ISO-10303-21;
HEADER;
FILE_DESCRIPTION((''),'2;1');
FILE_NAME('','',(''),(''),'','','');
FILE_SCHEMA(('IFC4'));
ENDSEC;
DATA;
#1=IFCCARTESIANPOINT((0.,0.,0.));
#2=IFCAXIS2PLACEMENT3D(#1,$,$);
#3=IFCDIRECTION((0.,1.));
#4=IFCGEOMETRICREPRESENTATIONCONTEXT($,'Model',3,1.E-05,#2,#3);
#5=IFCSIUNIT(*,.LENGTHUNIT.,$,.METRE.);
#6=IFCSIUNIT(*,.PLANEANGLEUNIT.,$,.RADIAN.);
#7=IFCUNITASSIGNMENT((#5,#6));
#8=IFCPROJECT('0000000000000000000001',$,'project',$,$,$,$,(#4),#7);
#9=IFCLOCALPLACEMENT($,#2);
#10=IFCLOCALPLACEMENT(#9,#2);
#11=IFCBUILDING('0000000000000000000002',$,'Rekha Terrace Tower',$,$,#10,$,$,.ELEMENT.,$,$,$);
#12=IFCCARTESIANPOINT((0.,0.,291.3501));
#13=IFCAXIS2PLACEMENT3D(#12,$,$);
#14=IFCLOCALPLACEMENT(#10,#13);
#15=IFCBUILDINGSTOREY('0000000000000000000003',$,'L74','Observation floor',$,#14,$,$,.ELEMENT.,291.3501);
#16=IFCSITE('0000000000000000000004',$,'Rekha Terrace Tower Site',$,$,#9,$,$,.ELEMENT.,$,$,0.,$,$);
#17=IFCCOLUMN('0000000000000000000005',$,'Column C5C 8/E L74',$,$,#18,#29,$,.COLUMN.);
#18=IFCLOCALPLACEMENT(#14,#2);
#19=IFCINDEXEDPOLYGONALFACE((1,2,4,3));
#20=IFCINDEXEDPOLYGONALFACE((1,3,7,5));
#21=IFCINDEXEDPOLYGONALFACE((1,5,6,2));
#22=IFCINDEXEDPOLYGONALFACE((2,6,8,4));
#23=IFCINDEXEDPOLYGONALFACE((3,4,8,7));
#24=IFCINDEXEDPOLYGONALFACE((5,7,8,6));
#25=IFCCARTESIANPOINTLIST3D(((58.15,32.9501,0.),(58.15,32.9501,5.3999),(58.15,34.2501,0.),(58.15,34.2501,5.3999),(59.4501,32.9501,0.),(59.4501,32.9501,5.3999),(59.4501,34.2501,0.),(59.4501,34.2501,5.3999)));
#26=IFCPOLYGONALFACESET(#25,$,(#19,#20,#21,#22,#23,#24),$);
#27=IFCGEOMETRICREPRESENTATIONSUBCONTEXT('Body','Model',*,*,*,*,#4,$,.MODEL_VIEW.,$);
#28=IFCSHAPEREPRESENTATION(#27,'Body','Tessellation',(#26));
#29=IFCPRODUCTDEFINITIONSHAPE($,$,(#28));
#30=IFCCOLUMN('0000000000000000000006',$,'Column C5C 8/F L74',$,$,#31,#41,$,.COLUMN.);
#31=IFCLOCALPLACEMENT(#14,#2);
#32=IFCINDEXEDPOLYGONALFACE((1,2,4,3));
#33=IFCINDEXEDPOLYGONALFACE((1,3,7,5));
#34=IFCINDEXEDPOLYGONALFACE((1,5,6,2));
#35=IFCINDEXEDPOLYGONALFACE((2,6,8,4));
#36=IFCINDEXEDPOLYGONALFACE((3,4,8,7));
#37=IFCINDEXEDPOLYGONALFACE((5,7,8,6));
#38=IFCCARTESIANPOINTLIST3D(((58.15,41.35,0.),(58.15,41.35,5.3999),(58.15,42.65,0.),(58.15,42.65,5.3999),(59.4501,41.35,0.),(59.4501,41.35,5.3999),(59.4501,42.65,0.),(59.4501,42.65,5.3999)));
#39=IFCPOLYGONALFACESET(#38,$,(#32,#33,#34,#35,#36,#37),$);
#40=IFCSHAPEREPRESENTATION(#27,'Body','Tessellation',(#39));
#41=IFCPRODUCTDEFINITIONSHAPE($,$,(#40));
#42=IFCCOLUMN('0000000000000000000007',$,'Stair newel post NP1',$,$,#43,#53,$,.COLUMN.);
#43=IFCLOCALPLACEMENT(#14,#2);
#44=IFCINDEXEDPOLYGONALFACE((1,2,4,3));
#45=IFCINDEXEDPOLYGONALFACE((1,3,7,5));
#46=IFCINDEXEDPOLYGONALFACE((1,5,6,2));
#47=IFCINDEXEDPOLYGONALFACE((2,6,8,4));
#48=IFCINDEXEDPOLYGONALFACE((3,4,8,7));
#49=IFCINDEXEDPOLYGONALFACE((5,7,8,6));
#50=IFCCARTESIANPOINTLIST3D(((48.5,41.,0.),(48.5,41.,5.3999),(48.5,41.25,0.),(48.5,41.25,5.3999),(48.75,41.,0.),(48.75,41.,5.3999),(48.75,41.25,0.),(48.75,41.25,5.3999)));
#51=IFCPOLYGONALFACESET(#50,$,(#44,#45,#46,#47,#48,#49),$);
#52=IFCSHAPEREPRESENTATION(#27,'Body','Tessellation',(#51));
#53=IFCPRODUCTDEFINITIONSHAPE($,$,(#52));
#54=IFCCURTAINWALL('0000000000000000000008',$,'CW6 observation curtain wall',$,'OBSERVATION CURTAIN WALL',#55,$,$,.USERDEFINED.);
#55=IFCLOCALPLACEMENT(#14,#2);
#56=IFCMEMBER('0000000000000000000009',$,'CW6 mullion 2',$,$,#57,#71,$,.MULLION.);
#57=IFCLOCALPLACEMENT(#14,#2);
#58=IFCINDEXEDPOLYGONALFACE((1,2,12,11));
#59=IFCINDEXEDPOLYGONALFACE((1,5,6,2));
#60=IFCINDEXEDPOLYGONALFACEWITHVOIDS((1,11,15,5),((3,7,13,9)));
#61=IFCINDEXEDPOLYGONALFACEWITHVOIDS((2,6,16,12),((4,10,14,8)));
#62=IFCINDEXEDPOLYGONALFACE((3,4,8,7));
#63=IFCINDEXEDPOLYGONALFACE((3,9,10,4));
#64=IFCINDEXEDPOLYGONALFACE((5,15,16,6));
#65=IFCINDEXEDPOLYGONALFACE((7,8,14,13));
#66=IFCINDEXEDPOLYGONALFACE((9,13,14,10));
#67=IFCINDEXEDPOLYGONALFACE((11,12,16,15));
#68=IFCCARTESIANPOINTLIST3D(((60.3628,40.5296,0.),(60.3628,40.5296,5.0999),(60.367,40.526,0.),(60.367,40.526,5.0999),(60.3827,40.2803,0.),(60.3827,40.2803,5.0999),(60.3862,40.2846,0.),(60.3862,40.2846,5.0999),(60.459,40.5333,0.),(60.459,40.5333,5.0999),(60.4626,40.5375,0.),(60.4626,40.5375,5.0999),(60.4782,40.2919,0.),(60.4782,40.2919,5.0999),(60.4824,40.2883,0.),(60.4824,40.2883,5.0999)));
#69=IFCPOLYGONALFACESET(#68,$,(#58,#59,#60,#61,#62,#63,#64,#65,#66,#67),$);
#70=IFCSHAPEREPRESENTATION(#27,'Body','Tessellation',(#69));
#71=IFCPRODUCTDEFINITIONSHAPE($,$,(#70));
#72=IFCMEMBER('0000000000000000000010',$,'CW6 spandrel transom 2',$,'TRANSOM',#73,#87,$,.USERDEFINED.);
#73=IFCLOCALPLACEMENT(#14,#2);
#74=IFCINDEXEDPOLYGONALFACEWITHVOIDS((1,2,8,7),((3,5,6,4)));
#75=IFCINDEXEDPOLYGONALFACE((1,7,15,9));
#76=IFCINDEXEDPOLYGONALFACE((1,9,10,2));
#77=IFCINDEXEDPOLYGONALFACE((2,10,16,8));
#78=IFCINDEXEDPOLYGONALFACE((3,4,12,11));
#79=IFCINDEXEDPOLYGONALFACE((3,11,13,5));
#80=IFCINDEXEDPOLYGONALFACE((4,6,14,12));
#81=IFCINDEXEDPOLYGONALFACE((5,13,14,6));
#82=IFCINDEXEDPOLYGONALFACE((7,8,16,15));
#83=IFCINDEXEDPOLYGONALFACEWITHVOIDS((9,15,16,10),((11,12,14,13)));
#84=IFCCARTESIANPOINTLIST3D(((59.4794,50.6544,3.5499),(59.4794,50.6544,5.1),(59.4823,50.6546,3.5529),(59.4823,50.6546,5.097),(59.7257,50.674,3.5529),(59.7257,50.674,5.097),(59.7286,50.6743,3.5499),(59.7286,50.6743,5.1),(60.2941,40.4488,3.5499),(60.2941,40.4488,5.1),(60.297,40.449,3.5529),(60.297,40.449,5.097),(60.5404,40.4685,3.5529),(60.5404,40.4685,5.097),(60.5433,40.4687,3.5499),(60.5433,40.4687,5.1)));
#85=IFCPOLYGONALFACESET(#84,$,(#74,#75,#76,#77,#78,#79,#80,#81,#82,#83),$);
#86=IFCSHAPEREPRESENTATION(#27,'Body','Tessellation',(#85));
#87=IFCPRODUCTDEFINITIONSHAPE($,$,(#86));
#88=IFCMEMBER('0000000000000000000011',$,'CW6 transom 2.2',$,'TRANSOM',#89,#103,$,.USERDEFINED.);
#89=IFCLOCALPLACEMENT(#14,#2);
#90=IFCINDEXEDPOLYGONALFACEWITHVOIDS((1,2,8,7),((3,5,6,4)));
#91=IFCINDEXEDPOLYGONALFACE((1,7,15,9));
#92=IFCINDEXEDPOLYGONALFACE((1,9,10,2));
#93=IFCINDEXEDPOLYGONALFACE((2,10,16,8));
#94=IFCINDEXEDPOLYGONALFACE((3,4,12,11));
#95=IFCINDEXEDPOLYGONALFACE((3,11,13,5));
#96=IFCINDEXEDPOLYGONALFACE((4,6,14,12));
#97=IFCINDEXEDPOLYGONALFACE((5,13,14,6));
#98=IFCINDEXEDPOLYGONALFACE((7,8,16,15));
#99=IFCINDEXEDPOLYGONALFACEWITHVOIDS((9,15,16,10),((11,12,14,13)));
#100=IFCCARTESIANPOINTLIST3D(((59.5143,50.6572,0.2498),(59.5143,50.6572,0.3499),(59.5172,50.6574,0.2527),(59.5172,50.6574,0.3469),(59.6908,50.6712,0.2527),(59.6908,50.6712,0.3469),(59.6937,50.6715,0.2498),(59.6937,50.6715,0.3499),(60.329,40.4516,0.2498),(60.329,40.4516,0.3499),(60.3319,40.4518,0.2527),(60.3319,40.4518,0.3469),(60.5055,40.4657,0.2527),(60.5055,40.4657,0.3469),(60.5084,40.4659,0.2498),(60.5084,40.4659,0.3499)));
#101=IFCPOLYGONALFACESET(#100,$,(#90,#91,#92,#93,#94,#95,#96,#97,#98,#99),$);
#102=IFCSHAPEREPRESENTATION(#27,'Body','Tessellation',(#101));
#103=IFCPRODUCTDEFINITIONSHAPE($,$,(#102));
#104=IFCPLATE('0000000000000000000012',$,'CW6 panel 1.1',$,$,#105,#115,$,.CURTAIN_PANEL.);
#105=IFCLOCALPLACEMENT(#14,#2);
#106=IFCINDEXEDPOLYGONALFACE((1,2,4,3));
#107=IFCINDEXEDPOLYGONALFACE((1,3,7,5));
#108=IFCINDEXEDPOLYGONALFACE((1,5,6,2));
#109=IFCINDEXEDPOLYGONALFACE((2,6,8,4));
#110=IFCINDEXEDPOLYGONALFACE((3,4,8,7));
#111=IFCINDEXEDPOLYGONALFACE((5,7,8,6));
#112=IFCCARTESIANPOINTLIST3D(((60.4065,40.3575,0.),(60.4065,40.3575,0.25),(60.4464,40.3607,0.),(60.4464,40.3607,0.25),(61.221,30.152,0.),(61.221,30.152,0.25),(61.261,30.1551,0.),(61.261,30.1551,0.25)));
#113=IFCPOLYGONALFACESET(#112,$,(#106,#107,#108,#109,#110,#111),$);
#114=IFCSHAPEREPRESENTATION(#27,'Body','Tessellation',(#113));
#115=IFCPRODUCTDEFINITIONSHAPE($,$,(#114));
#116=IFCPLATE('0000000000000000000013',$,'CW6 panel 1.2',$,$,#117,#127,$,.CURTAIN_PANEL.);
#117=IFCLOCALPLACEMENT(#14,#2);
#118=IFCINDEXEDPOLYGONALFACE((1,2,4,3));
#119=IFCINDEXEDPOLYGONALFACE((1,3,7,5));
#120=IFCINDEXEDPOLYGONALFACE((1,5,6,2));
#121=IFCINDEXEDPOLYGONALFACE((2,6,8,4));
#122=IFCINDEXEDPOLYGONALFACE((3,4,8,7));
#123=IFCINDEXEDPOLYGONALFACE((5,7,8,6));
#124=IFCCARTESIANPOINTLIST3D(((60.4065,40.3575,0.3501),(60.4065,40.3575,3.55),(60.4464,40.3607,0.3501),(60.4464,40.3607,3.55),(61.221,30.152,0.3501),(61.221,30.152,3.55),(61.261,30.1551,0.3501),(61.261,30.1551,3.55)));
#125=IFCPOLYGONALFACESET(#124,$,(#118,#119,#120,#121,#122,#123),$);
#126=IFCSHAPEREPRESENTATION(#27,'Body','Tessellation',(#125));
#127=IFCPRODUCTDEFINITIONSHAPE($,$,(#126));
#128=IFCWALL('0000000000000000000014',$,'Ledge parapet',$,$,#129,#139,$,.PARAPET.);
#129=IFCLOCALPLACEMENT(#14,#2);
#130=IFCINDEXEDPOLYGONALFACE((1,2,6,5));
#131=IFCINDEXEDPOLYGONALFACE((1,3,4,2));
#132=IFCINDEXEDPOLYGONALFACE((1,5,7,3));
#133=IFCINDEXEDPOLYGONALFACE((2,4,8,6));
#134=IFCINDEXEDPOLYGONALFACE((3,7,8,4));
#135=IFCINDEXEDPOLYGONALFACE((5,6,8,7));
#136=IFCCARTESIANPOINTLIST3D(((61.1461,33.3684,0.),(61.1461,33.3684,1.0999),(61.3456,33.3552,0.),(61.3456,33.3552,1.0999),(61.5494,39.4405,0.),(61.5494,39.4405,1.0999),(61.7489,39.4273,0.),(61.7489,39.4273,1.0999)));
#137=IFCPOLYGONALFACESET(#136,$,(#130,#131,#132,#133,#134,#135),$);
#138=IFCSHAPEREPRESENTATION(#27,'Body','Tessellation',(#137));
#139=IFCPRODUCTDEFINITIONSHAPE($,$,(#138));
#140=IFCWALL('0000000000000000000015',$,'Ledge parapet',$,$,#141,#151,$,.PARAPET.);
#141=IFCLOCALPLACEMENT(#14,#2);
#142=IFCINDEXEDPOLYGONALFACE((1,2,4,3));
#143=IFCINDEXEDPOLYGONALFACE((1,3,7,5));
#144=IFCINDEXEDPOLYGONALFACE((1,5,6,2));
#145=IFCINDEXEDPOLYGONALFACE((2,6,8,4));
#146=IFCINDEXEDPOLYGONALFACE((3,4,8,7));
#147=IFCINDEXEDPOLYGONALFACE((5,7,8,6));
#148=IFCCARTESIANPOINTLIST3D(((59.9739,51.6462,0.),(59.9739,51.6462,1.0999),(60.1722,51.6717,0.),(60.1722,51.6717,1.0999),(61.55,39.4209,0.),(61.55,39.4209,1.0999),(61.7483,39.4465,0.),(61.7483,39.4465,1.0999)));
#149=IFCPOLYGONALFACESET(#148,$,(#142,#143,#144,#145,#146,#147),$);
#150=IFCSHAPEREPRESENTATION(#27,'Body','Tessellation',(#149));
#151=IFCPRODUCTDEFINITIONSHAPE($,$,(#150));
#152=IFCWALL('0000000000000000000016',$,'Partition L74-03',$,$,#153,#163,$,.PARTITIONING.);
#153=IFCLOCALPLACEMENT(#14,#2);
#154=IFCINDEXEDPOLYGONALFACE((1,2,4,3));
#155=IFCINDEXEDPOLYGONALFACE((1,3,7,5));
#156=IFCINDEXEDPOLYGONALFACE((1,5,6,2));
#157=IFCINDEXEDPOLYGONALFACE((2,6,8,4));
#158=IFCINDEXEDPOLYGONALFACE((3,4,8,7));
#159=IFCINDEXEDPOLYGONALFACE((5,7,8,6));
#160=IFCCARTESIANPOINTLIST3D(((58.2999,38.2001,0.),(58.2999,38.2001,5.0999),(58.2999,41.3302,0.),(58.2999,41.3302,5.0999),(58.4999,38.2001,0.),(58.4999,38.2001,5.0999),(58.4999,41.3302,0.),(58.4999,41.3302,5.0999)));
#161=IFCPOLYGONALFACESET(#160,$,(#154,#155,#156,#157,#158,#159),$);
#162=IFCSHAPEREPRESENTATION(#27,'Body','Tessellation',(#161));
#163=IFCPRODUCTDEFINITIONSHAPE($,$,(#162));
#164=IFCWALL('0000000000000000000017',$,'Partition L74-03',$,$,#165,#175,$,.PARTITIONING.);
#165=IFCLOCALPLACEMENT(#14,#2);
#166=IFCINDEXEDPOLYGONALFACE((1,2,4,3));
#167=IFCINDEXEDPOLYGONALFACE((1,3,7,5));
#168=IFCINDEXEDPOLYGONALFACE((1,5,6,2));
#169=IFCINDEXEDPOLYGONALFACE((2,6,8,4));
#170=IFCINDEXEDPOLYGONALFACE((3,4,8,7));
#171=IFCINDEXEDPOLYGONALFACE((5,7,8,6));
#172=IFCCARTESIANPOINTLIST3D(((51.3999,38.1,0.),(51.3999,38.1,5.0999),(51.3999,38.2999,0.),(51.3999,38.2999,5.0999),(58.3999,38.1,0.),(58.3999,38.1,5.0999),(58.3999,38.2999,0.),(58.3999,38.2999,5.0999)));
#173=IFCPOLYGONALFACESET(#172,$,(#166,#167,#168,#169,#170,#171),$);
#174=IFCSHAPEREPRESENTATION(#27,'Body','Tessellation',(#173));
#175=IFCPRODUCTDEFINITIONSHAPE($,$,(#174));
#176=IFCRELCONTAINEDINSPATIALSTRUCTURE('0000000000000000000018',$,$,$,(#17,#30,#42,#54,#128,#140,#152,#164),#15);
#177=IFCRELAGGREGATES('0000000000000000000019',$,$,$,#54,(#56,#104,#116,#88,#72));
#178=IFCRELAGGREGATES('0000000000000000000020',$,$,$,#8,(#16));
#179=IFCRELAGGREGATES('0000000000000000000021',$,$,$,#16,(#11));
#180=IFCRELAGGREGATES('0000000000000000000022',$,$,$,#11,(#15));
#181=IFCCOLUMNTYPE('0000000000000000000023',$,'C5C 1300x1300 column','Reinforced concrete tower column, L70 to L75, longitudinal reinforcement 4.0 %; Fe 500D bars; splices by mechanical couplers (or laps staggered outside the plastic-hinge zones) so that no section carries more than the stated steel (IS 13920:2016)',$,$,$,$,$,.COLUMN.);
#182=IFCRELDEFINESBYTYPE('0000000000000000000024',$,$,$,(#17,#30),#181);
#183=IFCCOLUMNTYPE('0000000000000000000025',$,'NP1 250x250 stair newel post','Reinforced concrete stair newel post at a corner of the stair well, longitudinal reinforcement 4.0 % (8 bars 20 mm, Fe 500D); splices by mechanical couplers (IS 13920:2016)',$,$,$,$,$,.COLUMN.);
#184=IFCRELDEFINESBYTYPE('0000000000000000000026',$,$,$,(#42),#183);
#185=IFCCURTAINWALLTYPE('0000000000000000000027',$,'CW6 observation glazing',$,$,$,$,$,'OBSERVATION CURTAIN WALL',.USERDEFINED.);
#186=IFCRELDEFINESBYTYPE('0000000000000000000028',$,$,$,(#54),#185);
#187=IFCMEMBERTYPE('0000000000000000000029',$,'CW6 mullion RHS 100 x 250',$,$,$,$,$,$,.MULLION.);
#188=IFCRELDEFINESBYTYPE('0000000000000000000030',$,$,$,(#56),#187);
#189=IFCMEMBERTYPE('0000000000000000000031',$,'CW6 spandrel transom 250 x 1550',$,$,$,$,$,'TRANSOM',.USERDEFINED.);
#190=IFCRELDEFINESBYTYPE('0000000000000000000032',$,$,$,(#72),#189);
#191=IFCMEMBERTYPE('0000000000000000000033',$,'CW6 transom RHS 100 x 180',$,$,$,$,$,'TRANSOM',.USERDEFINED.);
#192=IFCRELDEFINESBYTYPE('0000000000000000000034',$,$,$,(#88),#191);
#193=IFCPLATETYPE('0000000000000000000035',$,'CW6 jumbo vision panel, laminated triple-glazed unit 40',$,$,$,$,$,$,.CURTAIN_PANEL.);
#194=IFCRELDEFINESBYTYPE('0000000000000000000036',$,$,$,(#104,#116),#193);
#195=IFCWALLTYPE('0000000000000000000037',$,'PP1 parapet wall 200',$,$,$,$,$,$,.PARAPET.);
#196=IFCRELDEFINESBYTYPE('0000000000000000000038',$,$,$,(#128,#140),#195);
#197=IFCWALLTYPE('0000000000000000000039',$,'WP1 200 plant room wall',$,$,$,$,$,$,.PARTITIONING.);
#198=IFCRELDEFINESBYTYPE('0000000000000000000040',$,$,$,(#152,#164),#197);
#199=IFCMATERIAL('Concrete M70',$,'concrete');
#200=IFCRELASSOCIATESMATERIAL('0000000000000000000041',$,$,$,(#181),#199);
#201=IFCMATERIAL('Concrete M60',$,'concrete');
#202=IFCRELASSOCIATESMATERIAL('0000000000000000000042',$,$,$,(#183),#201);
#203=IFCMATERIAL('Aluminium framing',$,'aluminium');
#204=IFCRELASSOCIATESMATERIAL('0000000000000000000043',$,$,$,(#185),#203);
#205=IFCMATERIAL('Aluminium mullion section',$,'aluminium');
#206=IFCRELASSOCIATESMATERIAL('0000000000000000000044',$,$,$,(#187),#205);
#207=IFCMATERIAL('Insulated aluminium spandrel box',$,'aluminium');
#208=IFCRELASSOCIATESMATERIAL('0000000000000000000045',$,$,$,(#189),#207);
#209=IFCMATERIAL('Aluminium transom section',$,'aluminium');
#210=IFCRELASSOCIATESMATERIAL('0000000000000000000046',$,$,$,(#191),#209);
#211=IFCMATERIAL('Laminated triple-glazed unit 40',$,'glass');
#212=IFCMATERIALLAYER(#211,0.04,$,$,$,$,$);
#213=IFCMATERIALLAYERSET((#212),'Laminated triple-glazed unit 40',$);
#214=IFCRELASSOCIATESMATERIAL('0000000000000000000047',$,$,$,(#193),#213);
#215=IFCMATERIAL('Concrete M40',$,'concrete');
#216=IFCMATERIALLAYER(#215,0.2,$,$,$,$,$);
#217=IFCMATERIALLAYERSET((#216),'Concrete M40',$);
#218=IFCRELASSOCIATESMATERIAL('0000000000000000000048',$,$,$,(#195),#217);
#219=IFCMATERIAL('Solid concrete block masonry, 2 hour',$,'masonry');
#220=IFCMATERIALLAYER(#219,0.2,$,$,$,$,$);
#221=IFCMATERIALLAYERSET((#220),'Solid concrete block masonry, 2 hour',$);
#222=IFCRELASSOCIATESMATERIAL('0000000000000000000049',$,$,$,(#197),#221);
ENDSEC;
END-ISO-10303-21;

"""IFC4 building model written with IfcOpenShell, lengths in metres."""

from ifc_helpers import new_model, si_unit, direction, frame, frame_2d, origin, origin_2d, place, context, subcontext, project, spatial, rectangle, hollow_rectangle, extrude, material, layer, layer_set, material_profile, profile_set, type_object, element, aggregate, save


model = new_model("IFC4")

# Units and contexts
model_context = context("Model", 3, precision=1e-05, world=origin(), true_north=direction((0.0, 1.0)))
body_context = subcontext(model_context, "Body", "Model", "MODEL_VIEW")
ifc_project = project(units=[si_unit("LENGTHUNIT", "METRE"), si_unit("PLANEANGLEUNIT", "RADIAN")], contexts=[model_context])

# Site, building, storey
site_placement = place(None, origin())
site = spatial("IfcSite", under=ifc_project, at=site_placement, Name="Rekha Terrace Tower Site", CompositionType="ELEMENT", RefElevation=0.0)
building_placement = place(site_placement, origin())
building = spatial("IfcBuilding", under=site, at=building_placement, Name="Rekha Terrace Tower", CompositionType="ELEMENT")
storey_placement = place(building_placement, frame((0.0, 0.0, 291.3501)))
storey = spatial("IfcBuildingStorey", under=building, at=storey_placement, Name="L74", Description="Observation floor", CompositionType="ELEMENT", Elevation=291.3501)

# Columns
ifc_material_1 = material(Name="Concrete M70", Category="concrete")
ifc_material_profile_1 = material_profile(ifc_material_1, rectangle(XDim=1.3, YDim=1.3, at=origin_2d()), Name="RC 1300x1300")
ifc_profile_set_1 = profile_set([ifc_material_profile_1], Name="Concrete M70")
column_type_1 = type_object("IfcColumnType", Name="C5C 1300x1300 column", Description="Reinforced concrete tower column, L70 to L75, longitudinal reinforcement 4.0 %; Fe 500D bars; splices by mechanical couplers (or laps staggered outside the plastic-hinge zones) so that no section carries more than the stated steel (IS 13920:2016)", PredefinedType="COLUMN", material=ifc_profile_set_1)
for number, where, z_axis, x_axis, name in (
    (1, (58.8, 33.6001, 0.0), (0.0, 0.0, 1.0), (1.0, 0.0, 0.0), "Column C5C 8/E L74"),
    (2, (58.8, 42.0, 0.0), (0.0, 0.0, 1.0), (1.0, 0.0, 0.0), "Column C5C 8/F L74"),
):
    element("IfcColumn", number, at=place(storey_placement, frame(where, z_axis=z_axis, x_axis=x_axis)), inside=storey, type_object=column_type_1, Name=name, PredefinedType="COLUMN", context=body_context, shape_type="SweptSolid", body=[
        extrude(rectangle(XDim=1.3, YDim=1.3, at=origin_2d()), origin(), (0.0, 0.0, 1.0), 5.3999),
    ])
ifc_material_2 = material(Name="Concrete M60", Category="concrete")
ifc_material_profile_2 = material_profile(ifc_material_2, rectangle(XDim=0.25, YDim=0.25, at=origin_2d()), Name="RC 250x250")
ifc_profile_set_2 = profile_set([ifc_material_profile_2], Name="Concrete M60")
column_type_2 = type_object("IfcColumnType", Name="NP1 250x250 stair newel post", Description="Reinforced concrete stair newel post at a corner of the stair well, longitudinal reinforcement 4.0 % (8 bars 20 mm, Fe 500D); splices by mechanical couplers (IS 13920:2016)", PredefinedType="COLUMN", material=ifc_profile_set_2)
column_placement = place(storey_placement, frame((48.625, 41.125, 0.0), z_axis=(0.0, 0.0, 1.0), x_axis=(1.0, 0.0, 0.0)))
element("IfcColumn", 3, at=column_placement, inside=storey, type_object=column_type_2, Name="Stair newel post NP1", PredefinedType="COLUMN", context=body_context, shape_type="SweptSolid", body=[
    extrude(rectangle(XDim=0.25, YDim=0.25, at=origin_2d()), origin(), (0.0, 0.0, 1.0), 5.3999),
])

# Curtain wall, members, plates
ifc_material_3 = material(Name="Aluminium framing", Category="aluminium")
curtain_wall_type = type_object("IfcCurtainWallType", Name="CW6 observation glazing", ElementType="OBSERVATION CURTAIN WALL", PredefinedType="USERDEFINED", material=ifc_material_3)
curtain_wall_placement = place(storey_placement, origin())
curtain_wall = element("IfcCurtainWall", 4, at=curtain_wall_placement, inside=storey, type_object=curtain_wall_type, Name="CW6 observation curtain wall", ObjectType="OBSERVATION CURTAIN WALL", PredefinedType="USERDEFINED")
ifc_material_4 = material(Name="Aluminium mullion section", Category="aluminium")
ifc_material_profile_3 = material_profile(ifc_material_4, hollow_rectangle(XDim=0.1001, YDim=0.25, WallThickness=0.0039, at=origin_2d()), Name="AL RHS 100x250")
ifc_profile_set_3 = profile_set([ifc_material_profile_3], Name="Aluminium mullion section")
member_type_1 = type_object("IfcMemberType", Name="CW6 mullion RHS 100 x 250", PredefinedType="MULLION", material=ifc_profile_set_3)
member_1_placement = place(storey_placement, frame((60.4226, 40.4089, 0.0), z_axis=(0.0, 0.0, 1.0), x_axis=(-0.99683, -0.079559, 0.0)))
member_1 = element("IfcMember", 5, at=member_1_placement, type_object=member_type_1, Name="CW6 mullion 2", PredefinedType="MULLION", context=body_context, shape_type="SweptSolid", body=[
    extrude(hollow_rectangle(XDim=0.1001, YDim=0.25, WallThickness=0.0039, at=origin_2d()), origin(), (0.0, 0.0, 1.0), 5.0999),
])
ifc_material_5 = material(Name="Insulated aluminium spandrel box", Category="aluminium")
ifc_material_profile_4 = material_profile(ifc_material_5, hollow_rectangle(XDim=0.25, YDim=1.55, WallThickness=0.0029, at=origin_2d()), Name="AL SPANDREL BOX 250x1550")
ifc_profile_set_4 = profile_set([ifc_material_profile_4], Name="Insulated aluminium spandrel box")
member_type_2 = type_object("IfcMemberType", Name="CW6 spandrel transom 250 x 1550", ElementType="TRANSOM", PredefinedType="USERDEFINED", material=ifc_profile_set_4)
member_2_placement = place(storey_placement, frame((60.4187, 40.4587, 4.325), z_axis=(-0.079576, 0.996829, 0.0), x_axis=(-0.996829, -0.079576, 0.0)))
member_2 = element("IfcMember", 6, at=member_2_placement, type_object=member_type_2, Name="CW6 spandrel transom 2", ObjectType="TRANSOM", PredefinedType="USERDEFINED", context=body_context, shape_type="SweptSolid", body=[
    extrude(hollow_rectangle(XDim=0.25, YDim=1.55, WallThickness=0.0029, at=origin_2d()), origin(), (0.0, 0.0, 1.0), 10.238),
])
ifc_material_6 = material(Name="Aluminium transom section", Category="aluminium")
ifc_material_profile_5 = material_profile(ifc_material_6, hollow_rectangle(XDim=0.1799, YDim=0.1001, WallThickness=0.0029, at=origin_2d()), Name="AL RHS 180x100")
ifc_profile_set_5 = profile_set([ifc_material_profile_5], Name="Aluminium transom section")
member_type_3 = type_object("IfcMemberType", Name="CW6 transom RHS 100 x 180", ElementType="TRANSOM", PredefinedType="USERDEFINED", material=ifc_profile_set_5)
member_3_placement = place(storey_placement, frame((60.4187, 40.4587, 0.2998), z_axis=(-0.079576, 0.996829, 0.0), x_axis=(-0.996829, -0.079576, 0.0)))
member_3 = element("IfcMember", 7, at=member_3_placement, type_object=member_type_3, Name="CW6 transom 2.2", ObjectType="TRANSOM", PredefinedType="USERDEFINED", context=body_context, shape_type="SweptSolid", body=[
    extrude(hollow_rectangle(XDim=0.1799, YDim=0.1001, WallThickness=0.0029, at=origin_2d()), origin(), (0.0, 0.0, 1.0), 10.238),
])
ifc_material_7 = material(Name="Laminated triple-glazed unit 40", Category="glass")
ifc_layer_1 = layer(ifc_material_7, 0.04)
ifc_layer_set_1 = layer_set([ifc_layer_1], Name="Laminated triple-glazed unit 40")
plate_type = type_object("IfcPlateType", Name="CW6 jumbo vision panel, laminated triple-glazed unit 40", PredefinedType="CURTAIN_PANEL", material=ifc_layer_set_1)
plate_1_placement = place(storey_placement, frame((60.8337, 35.2563, 0.0), z_axis=(0.0, 0.0, 1.0), x_axis=(-0.079559, 0.99683, 0.0)))
plate_1 = element("IfcPlate", 8, at=plate_1_placement, type_object=plate_type, Name="CW6 panel 1.1", PredefinedType="CURTAIN_PANEL", context=body_context, shape_type="SweptSolid", body=[
    extrude(rectangle(XDim=10.238, YDim=0.04, at=origin_2d()), origin(), (0.0, 0.0, 1.0), 0.25),
])
plate_2_placement = place(storey_placement, frame((60.8337, 35.2563, 0.3501), z_axis=(0.0, 0.0, 1.0), x_axis=(-0.079559, 0.99683, 0.0)))
plate_2 = element("IfcPlate", 9, at=plate_2_placement, type_object=plate_type, Name="CW6 panel 1.2", PredefinedType="CURTAIN_PANEL", context=body_context, shape_type="SweptSolid", body=[
    extrude(rectangle(XDim=10.238, YDim=0.04, at=origin_2d()), origin(), (0.0, 0.0, 1.0), 3.2),
])
aggregate(curtain_wall, [member_1, plate_1, plate_2, member_3, member_2])

# Walls
ifc_material_8 = material(Name="Concrete M40", Category="concrete")
ifc_layer_2 = layer(ifc_material_8, 0.2)
ifc_layer_set_2 = layer_set([ifc_layer_2], Name="Concrete M40")
wall_type_1 = type_object("IfcWallType", Name="PP1 parapet wall 200", PredefinedType="PARAPET", material=ifc_layer_set_2)
wall_1_placement = place(storey_placement, frame((61.2458, 33.3618, 0.0), z_axis=(0.0, 0.0, 1.0), x_axis=(0.066277, 0.997801, 0.0)))
element("IfcWall", 10, at=wall_1_placement, inside=storey, type_object=wall_type_1, Name="Ledge parapet", PredefinedType="PARAPET", context=body_context, shape_type="SweptSolid", body=[
    extrude(rectangle(XDim=6.0854, YDim=0.2, at=frame_2d((3.0427, 0.0))), origin(), (0.0, 0.0, 1.0), 1.0999),
])
wall_2_placement = place(storey_placement, frame((61.6492, 39.4338, 0.0), z_axis=(0.0, 0.0, 1.0), x_axis=(-0.127868, 0.991791, 0.0)))
element("IfcWall", 11, at=wall_2_placement, inside=storey, type_object=wall_type_1, Name="Ledge parapet", PredefinedType="PARAPET", context=body_context, shape_type="SweptSolid", body=[
    extrude(rectangle(XDim=12.3264, YDim=0.2, at=frame_2d((6.1631, 0.0))), origin(), (0.0, 0.0, 1.0), 1.0999),
])
ifc_material_9 = material(Name="Solid concrete block masonry, 2 hour", Category="masonry")
ifc_layer_3 = layer(ifc_material_9, 0.2)
ifc_layer_set_3 = layer_set([ifc_layer_3], Name="Solid concrete block masonry, 2 hour")
wall_type_2 = type_object("IfcWallType", Name="WP1 200 plant room wall", PredefinedType="PARTITIONING", material=ifc_layer_set_3)
wall_3_placement = place(storey_placement, frame((58.3999, 41.3301, 0.0), z_axis=(0.0, 0.0, 1.0), x_axis=(0.0, -1.0, 0.0)))
element("IfcWall", 12, at=wall_3_placement, inside=storey, type_object=wall_type_2, Name="Partition L74-03", PredefinedType="PARTITIONING", context=body_context, shape_type="SweptSolid", body=[
    extrude(rectangle(XDim=3.1301, YDim=0.2, at=frame_2d((1.5649, 0.0))), origin(), (0.0, 0.0, 1.0), 5.0999),
])
wall_4_placement = place(storey_placement, frame((58.3999, 38.2, 0.0), z_axis=(0.0, 0.0, 1.0), x_axis=(-1.0, 0.0, 0.0)))
element("IfcWall", 13, at=wall_4_placement, inside=storey, type_object=wall_type_2, Name="Partition L74-03", PredefinedType="PARTITIONING", context=body_context, shape_type="SweptSolid", body=[
    extrude(rectangle(XDim=7.0, YDim=0.2, at=frame_2d((3.5, 0.0))), origin(), (0.0, 0.0, 1.0), 5.0999),
])

save(model, "model.ifc")
